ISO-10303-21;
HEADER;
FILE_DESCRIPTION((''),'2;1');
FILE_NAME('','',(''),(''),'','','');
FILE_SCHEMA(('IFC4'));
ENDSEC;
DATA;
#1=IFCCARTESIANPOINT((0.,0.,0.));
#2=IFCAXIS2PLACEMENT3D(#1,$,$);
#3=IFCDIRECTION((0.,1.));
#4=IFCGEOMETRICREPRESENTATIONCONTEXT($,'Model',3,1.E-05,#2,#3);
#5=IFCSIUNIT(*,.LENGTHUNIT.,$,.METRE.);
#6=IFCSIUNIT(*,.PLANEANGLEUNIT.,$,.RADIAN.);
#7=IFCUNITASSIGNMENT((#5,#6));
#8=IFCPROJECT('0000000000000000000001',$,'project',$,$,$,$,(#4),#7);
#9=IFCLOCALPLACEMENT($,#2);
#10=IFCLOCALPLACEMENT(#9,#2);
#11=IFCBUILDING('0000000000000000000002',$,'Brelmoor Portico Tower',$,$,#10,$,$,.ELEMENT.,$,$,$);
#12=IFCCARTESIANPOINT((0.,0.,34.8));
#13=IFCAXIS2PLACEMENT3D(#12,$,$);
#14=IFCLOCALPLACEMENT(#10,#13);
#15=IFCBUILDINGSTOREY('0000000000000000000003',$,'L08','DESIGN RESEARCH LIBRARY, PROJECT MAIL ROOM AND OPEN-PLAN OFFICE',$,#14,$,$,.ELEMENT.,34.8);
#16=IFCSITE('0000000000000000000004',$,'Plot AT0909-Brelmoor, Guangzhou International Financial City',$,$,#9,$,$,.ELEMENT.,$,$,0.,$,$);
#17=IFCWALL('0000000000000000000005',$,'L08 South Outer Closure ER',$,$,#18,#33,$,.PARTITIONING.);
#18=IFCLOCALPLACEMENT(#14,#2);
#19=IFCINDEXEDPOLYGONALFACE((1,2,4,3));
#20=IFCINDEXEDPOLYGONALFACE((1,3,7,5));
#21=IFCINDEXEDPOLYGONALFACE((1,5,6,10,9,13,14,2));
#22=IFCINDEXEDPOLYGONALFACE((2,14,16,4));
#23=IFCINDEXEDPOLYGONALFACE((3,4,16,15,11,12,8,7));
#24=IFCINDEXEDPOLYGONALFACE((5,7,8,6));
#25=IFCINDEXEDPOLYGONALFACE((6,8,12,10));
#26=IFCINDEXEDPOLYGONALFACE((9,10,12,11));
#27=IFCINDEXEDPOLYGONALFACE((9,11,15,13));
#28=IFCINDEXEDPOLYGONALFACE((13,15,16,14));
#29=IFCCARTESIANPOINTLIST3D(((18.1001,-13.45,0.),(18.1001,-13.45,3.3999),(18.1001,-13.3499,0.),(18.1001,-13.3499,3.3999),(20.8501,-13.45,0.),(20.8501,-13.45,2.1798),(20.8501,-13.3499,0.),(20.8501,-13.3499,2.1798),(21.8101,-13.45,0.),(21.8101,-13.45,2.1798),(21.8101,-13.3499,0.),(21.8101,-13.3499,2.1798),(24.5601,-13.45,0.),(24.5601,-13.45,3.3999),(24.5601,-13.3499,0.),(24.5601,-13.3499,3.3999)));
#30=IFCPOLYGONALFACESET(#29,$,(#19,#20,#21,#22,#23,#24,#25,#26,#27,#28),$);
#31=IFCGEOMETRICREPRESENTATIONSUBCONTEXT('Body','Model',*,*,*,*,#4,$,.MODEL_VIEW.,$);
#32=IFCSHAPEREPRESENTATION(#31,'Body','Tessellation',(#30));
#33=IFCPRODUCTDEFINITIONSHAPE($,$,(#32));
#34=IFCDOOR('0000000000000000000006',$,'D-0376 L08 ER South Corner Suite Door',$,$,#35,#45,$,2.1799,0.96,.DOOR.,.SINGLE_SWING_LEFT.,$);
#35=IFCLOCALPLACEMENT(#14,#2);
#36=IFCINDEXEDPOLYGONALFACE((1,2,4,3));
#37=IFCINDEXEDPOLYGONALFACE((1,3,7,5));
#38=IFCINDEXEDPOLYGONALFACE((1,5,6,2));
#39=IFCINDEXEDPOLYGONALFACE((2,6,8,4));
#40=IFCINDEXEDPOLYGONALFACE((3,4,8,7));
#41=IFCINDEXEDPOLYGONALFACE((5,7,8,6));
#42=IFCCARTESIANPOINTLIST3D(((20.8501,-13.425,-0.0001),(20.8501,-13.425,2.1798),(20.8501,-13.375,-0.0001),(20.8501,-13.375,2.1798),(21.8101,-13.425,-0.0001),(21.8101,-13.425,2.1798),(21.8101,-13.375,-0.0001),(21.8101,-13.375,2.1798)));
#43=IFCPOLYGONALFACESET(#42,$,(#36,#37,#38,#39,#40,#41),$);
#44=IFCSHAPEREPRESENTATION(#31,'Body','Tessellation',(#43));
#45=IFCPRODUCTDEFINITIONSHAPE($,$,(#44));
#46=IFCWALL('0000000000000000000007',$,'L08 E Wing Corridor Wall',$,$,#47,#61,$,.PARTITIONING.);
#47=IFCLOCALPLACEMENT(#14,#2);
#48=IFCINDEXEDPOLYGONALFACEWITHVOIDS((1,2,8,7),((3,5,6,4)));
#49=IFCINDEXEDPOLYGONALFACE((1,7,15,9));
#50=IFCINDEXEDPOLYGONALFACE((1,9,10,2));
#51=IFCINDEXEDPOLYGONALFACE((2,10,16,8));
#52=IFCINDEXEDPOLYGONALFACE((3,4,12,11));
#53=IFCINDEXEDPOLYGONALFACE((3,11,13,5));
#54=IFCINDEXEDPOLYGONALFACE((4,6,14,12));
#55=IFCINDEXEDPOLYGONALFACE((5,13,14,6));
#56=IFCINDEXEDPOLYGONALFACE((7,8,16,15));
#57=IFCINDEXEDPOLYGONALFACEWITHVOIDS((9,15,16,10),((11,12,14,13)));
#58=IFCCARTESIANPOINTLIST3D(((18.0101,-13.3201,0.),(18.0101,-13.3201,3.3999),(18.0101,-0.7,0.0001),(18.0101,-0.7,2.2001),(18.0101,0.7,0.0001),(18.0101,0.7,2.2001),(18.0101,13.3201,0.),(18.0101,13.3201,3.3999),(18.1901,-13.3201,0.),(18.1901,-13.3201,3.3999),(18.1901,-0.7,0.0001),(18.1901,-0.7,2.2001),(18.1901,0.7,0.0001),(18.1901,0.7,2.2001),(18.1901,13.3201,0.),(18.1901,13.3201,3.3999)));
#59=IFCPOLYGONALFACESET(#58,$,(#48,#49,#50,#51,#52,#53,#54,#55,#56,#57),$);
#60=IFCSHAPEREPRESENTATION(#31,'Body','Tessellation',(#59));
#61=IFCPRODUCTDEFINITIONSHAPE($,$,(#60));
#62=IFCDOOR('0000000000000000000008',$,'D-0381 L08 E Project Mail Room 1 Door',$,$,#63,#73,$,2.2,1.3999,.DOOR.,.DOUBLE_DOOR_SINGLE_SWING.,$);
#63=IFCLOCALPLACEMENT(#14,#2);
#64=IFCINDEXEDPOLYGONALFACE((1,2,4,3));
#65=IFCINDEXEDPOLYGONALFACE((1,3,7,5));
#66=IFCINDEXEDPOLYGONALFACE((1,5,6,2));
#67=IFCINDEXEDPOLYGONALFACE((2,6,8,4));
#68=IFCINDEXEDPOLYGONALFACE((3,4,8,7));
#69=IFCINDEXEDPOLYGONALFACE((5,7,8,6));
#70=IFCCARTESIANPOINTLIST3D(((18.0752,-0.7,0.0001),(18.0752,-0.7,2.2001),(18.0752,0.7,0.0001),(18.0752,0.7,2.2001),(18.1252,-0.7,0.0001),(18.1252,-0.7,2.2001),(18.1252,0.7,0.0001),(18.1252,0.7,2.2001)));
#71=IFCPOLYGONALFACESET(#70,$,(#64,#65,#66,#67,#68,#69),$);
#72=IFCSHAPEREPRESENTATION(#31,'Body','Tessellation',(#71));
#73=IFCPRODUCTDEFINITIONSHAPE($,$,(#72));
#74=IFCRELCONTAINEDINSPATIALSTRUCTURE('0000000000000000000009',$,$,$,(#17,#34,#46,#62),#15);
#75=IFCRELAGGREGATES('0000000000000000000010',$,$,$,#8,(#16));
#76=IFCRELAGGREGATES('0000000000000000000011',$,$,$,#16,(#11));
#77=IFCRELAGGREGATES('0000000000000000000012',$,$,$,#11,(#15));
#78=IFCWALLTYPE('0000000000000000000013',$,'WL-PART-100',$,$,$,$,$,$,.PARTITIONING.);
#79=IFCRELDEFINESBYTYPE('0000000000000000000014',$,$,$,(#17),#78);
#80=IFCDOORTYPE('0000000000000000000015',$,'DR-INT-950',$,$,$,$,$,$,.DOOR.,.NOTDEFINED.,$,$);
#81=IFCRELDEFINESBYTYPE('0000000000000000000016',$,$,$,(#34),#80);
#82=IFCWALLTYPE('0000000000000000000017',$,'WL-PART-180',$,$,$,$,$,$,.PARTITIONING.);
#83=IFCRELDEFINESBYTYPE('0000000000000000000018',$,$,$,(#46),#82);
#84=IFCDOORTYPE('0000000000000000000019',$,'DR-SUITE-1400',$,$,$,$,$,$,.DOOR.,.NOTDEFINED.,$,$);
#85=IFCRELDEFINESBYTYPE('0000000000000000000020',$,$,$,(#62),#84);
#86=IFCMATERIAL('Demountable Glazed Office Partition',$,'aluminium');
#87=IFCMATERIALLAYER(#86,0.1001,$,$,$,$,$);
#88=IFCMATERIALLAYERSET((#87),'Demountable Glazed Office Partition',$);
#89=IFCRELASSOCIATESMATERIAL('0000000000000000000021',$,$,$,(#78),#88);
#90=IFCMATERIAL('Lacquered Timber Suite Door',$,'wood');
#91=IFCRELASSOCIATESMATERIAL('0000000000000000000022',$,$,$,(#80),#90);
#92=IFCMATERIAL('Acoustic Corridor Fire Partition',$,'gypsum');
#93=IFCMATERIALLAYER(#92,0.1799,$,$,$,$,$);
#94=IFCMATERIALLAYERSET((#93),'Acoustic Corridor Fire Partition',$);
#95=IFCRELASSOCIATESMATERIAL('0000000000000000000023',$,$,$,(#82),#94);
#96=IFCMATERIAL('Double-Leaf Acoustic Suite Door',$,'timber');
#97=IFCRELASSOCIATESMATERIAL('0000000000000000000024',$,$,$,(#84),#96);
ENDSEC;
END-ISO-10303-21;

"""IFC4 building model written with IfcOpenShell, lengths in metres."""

from ifc_helpers import new_model, si_unit, direction, frame, frame_2d, origin, place, context, subcontext, project, spatial, rectangle, extrude, material, layer, layer_set, type_object, element, fill, save


model = new_model("IFC4")

# Units and contexts
model_context = context("Model", 3, precision=1e-05, world=origin(), true_north=direction((0.0, 1.0)))
body_context = subcontext(model_context, "Body", "Model", "MODEL_VIEW")
ifc_project = project(units=[si_unit("LENGTHUNIT", "METRE"), si_unit("PLANEANGLEUNIT", "RADIAN")], contexts=[model_context])

# Site, building, storey
site_placement = place(None, origin())
site = spatial("IfcSite", under=ifc_project, at=site_placement, Name="Plot AT0909-Brelmoor, Guangzhou International Financial City", CompositionType="ELEMENT", RefElevation=0.0)
building_placement = place(site_placement, origin())
building = spatial("IfcBuilding", under=site, at=building_placement, Name="Brelmoor Portico Tower", CompositionType="ELEMENT")
storey_placement = place(building_placement, frame((0.0, 0.0, 34.8)))
storey = spatial("IfcBuildingStorey", under=building, at=storey_placement, Name="L08", Description="DESIGN RESEARCH LIBRARY, PROJECT MAIL ROOM AND OPEN-PLAN OFFICE", CompositionType="ELEMENT", Elevation=34.8)

# Walls, openings, doors
ifc_material_1 = material(Name="Demountable Glazed Office Partition", Category="aluminium")
ifc_layer_1 = layer(ifc_material_1, 0.1001)
ifc_layer_set_1 = layer_set([ifc_layer_1], Name="Demountable Glazed Office Partition")
wall_type_1 = type_object("IfcWallType", Name="WL-PART-100", PredefinedType="PARTITIONING", material=ifc_layer_set_1)
wall_1_placement = place(storey_placement, frame((18.1001, -13.3999, 0.0), z_axis=(0.0, 0.0, 1.0), x_axis=(1.0, 0.0, 0.0)))
wall_1 = element("IfcWall", 1, at=wall_1_placement, inside=storey, type_object=wall_type_1, Name="L08 South Outer Closure ER", PredefinedType="PARTITIONING", context=body_context, shape_type="SweptSolid", body=[
    extrude(rectangle(XDim=6.46, YDim=0.1001, at=frame_2d((3.23, 0.0))), origin(), (0.0, 0.0, 1.0), 3.3999),
])
opening_1_placement = place(wall_1_placement, frame((2.75, 0.0, 0.0)))
opening_1 = element("IfcOpeningElement", 2, at=opening_1_placement, cuts=wall_1, PredefinedType="OPENING", context=body_context, shape_type="SweptSolid", body=[
    extrude(rectangle(XDim=0.96, YDim=2.1799, at=frame_2d((0.48, 1.0898))), frame((0.0, 0.0601, 0.0), z_axis=(0.0, -1.0, 0.0), x_axis=(1.0, 0.0, 0.0)), (0.0, 0.0, 1.0), 0.1201),
])
ifc_material_2 = material(Name="Lacquered Timber Suite Door", Category="wood")
door_type_1 = type_object("IfcDoorType", Name="DR-INT-950", OperationType="NOTDEFINED", PredefinedType="DOOR", material=ifc_material_2)
door_1_placement = place(opening_1_placement, origin())
door_1 = element("IfcDoor", 3, at=door_1_placement, inside=storey, type_object=door_type_1, Name="D-0376 L08 ER South Corner Suite Door", OperationType="SINGLE_SWING_LEFT", OverallHeight=2.1799, OverallWidth=0.96, PredefinedType="DOOR", context=body_context, shape_type="SweptSolid", body=[
    extrude(rectangle(XDim=0.96, YDim=2.1799, at=frame_2d((0.48, 1.0898))), frame((0.0, 0.0249, 0.0), z_axis=(0.0, -1.0, 0.0), x_axis=(1.0, 0.0, 0.0)), (0.0, 0.0, 1.0), 0.05),
])
fill(opening_1, door_1)
ifc_material_3 = material(Name="Acoustic Corridor Fire Partition", Category="gypsum")
ifc_layer_2 = layer(ifc_material_3, 0.1799)
ifc_layer_set_2 = layer_set([ifc_layer_2], Name="Acoustic Corridor Fire Partition")
wall_type_2 = type_object("IfcWallType", Name="WL-PART-180", PredefinedType="PARTITIONING", material=ifc_layer_set_2)
wall_2_placement = place(storey_placement, frame((18.1001, -13.3201, 0.0), z_axis=(0.0, 0.0, 1.0), x_axis=(0.0, 1.0, 0.0)))
wall_2 = element("IfcWall", 4, at=wall_2_placement, inside=storey, type_object=wall_type_2, Name="L08 E Wing Corridor Wall", PredefinedType="PARTITIONING", context=body_context, shape_type="SweptSolid", body=[
    extrude(rectangle(XDim=26.6401, YDim=0.1799, at=frame_2d((13.3201, 0.0))), origin(), (0.0, 0.0, 1.0), 3.3999),
])
opening_2_placement = place(wall_2_placement, frame((12.6201, 0.0, 0.0)))
opening_2 = element("IfcOpeningElement", 5, at=opening_2_placement, cuts=wall_2, PredefinedType="OPENING", context=body_context, shape_type="SweptSolid", body=[
    extrude(rectangle(XDim=1.3999, YDim=2.2, at=frame_2d((0.7, 1.1001))), frame((0.0, 0.0999, 0.0), z_axis=(0.0, -1.0, 0.0), x_axis=(1.0, 0.0, 0.0)), (0.0, 0.0, 1.0), 0.2),
])
ifc_material_4 = material(Name="Double-Leaf Acoustic Suite Door", Category="timber")
door_type_2 = type_object("IfcDoorType", Name="DR-SUITE-1400", OperationType="NOTDEFINED", PredefinedType="DOOR", material=ifc_material_4)
door_2_placement = place(opening_2_placement, origin())
door_2 = element("IfcDoor", 6, at=door_2_placement, inside=storey, type_object=door_type_2, Name="D-0381 L08 E Project Mail Room 1 Door", OperationType="DOUBLE_DOOR_SINGLE_SWING", OverallHeight=2.2, OverallWidth=1.3999, PredefinedType="DOOR", context=body_context, shape_type="SweptSolid", body=[
    extrude(rectangle(XDim=1.3999, YDim=2.2, at=frame_2d((0.7, 1.1001))), frame((0.0, 0.0249, 0.0), z_axis=(0.0, -1.0, 0.0), x_axis=(1.0, 0.0, 0.0)), (0.0, 0.0, 1.0), 0.05),
])
fill(opening_2, door_2)

save(model, "model.ifc")
